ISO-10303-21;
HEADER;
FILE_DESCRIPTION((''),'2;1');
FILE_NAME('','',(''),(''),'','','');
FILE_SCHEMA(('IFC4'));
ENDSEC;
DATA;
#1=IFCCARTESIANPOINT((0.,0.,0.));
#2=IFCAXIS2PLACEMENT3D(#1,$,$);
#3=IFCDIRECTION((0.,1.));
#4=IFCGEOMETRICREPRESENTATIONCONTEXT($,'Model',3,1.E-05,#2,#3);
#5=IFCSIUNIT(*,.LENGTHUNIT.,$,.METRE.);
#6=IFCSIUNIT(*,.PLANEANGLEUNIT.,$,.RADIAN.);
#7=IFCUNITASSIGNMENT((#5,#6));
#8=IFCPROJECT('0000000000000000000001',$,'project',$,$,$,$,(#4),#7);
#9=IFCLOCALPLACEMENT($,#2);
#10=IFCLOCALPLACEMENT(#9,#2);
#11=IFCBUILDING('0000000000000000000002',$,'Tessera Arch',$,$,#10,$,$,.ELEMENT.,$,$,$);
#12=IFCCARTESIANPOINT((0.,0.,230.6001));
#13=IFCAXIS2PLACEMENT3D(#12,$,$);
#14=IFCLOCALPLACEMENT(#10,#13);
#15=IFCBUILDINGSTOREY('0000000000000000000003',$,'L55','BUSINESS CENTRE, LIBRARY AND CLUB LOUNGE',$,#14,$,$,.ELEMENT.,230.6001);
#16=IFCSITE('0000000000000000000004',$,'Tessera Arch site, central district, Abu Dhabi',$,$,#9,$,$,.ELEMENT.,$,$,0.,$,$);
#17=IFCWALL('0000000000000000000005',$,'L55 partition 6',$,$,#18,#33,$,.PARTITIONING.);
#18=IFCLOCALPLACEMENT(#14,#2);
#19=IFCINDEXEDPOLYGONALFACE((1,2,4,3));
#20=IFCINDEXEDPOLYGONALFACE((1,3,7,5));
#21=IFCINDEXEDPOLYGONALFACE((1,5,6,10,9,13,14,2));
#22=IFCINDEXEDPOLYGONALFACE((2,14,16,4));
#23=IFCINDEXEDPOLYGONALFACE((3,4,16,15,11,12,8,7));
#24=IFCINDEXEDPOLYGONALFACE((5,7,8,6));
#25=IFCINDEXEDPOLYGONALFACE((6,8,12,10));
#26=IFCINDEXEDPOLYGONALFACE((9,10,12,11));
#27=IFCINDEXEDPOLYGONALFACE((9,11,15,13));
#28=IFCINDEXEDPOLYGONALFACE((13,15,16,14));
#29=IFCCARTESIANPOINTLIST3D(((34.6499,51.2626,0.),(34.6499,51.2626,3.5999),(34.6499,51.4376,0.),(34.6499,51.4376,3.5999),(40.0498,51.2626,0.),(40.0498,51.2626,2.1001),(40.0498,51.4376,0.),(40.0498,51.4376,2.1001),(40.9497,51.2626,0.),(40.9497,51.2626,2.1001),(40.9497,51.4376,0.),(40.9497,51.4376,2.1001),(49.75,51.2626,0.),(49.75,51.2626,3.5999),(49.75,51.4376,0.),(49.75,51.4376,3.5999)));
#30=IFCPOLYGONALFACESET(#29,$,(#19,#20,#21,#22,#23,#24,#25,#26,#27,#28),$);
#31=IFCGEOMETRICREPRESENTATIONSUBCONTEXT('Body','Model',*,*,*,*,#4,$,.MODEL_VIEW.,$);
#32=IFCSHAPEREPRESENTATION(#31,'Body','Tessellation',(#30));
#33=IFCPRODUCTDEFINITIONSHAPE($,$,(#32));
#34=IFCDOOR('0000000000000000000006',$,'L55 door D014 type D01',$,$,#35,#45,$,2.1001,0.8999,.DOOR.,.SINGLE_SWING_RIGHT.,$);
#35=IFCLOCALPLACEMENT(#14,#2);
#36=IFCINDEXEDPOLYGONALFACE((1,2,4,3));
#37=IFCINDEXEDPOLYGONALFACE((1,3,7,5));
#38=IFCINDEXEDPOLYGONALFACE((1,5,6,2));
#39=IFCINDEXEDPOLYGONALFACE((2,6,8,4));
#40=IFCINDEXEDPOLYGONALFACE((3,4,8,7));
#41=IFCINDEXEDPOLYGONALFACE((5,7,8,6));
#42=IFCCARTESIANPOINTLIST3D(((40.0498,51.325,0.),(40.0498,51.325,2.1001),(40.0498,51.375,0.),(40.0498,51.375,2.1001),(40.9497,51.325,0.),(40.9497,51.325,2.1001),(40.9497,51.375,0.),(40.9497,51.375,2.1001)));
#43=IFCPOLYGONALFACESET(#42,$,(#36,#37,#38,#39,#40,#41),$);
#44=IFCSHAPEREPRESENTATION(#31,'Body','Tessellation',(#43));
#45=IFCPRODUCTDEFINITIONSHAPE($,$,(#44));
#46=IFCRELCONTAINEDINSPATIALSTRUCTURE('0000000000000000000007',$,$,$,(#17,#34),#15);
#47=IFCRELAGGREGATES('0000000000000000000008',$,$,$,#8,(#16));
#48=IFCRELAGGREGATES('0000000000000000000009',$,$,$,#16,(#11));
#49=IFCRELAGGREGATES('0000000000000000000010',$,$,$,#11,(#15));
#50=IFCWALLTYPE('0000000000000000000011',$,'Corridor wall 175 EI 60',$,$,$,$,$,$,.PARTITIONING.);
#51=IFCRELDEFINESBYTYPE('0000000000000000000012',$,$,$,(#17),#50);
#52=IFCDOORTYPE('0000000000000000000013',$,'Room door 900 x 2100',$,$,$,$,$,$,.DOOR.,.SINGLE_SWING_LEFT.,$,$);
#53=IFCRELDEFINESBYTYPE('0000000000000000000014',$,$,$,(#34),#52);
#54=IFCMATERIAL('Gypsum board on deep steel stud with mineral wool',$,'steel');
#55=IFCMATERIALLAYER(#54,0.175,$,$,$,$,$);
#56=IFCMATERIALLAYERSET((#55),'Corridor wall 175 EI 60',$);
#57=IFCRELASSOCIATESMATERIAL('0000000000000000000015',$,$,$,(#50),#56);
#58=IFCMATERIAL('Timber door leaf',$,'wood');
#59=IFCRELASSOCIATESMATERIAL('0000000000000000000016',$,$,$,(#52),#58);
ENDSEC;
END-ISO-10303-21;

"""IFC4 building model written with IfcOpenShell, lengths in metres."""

from ifc_helpers import new_model, si_unit, direction, frame, frame_2d, origin, place, context, subcontext, project, spatial, rectangle, extrude, material, layer, layer_set, type_object, element, fill, save


model = new_model("IFC4")

# Units and contexts
model_context = context("Model", 3, precision=1e-05, world=origin(), true_north=direction((0.0, 1.0)))
body_context = subcontext(model_context, "Body", "Model", "MODEL_VIEW")
ifc_project = project(units=[si_unit("LENGTHUNIT", "METRE"), si_unit("PLANEANGLEUNIT", "RADIAN")], contexts=[model_context])

# Site, building, storey
site_placement = place(None, origin())
site = spatial("IfcSite", under=ifc_project, at=site_placement, Name="Tessera Arch site, central district, Abu Dhabi", CompositionType="ELEMENT", RefElevation=0.0)
building_placement = place(site_placement, origin())
building = spatial("IfcBuilding", under=site, at=building_placement, Name="Tessera Arch", CompositionType="ELEMENT")
storey_placement = place(building_placement, frame((0.0, 0.0, 230.6001)))
storey = spatial("IfcBuildingStorey", under=building, at=storey_placement, Name="L55", Description="BUSINESS CENTRE, LIBRARY AND CLUB LOUNGE", CompositionType="ELEMENT", Elevation=230.6001)

# Wall, opening, door
ifc_material_1 = material(Name="Gypsum board on deep steel stud with mineral wool", Category="steel")
ifc_layer_1 = layer(ifc_material_1, 0.175)
ifc_layer_set_1 = layer_set([ifc_layer_1], Name="Corridor wall 175 EI 60")
wall_type = type_object("IfcWallType", Name="Corridor wall 175 EI 60", PredefinedType="PARTITIONING", material=ifc_layer_set_1)
wall_placement = place(storey_placement, frame((34.6499, 51.3501, 0.0), z_axis=(0.0, 0.0, 1.0), x_axis=(1.0, 0.0, 0.0)))
wall = element("IfcWall", 1, at=wall_placement, inside=storey, type_object=wall_type, Name="L55 partition 6", PredefinedType="PARTITIONING", context=body_context, shape_type="SweptSolid", body=[
    extrude(rectangle(XDim=15.1001, YDim=0.175, at=frame_2d((7.55, 0.0))), origin(), (0.0, 0.0, 1.0), 3.5999),
])
opening_placement = place(wall_placement, frame((5.3999, 0.0, 0.0)))
opening = element("IfcOpeningElement", 2, at=opening_placement, cuts=wall, PredefinedType="OPENING", context=body_context, shape_type="SweptSolid", body=[
    extrude(rectangle(XDim=0.8999, YDim=2.1001, at=frame_2d((0.45, 1.05))), frame((0.0, 0.0974, 0.0), z_axis=(0.0, -1.0, 0.0), x_axis=(1.0, 0.0, 0.0)), (0.0, 0.0, 1.0), 0.1951),
])
ifc_material_2 = material(Name="Timber door leaf", Category="wood")
door_type = type_object("IfcDoorType", Name="Room door 900 x 2100", OperationType="SINGLE_SWING_LEFT", PredefinedType="DOOR", material=ifc_material_2)
door_placement = place(opening_placement, origin())
door = element("IfcDoor", 3, at=door_placement, inside=storey, type_object=door_type, Name="L55 door D014 type D01", OperationType="SINGLE_SWING_RIGHT", OverallHeight=2.1001, OverallWidth=0.8999, PredefinedType="DOOR", context=body_context, shape_type="SweptSolid", body=[
    extrude(rectangle(XDim=0.8999, YDim=2.1001, at=frame_2d((0.45, 1.05))), frame((0.0, 0.0249, 0.0), z_axis=(0.0, -1.0, 0.0), x_axis=(1.0, 0.0, 0.0)), (0.0, 0.0, 1.0), 0.05),
])
fill(opening, door)

save(model, "model.ifc")
